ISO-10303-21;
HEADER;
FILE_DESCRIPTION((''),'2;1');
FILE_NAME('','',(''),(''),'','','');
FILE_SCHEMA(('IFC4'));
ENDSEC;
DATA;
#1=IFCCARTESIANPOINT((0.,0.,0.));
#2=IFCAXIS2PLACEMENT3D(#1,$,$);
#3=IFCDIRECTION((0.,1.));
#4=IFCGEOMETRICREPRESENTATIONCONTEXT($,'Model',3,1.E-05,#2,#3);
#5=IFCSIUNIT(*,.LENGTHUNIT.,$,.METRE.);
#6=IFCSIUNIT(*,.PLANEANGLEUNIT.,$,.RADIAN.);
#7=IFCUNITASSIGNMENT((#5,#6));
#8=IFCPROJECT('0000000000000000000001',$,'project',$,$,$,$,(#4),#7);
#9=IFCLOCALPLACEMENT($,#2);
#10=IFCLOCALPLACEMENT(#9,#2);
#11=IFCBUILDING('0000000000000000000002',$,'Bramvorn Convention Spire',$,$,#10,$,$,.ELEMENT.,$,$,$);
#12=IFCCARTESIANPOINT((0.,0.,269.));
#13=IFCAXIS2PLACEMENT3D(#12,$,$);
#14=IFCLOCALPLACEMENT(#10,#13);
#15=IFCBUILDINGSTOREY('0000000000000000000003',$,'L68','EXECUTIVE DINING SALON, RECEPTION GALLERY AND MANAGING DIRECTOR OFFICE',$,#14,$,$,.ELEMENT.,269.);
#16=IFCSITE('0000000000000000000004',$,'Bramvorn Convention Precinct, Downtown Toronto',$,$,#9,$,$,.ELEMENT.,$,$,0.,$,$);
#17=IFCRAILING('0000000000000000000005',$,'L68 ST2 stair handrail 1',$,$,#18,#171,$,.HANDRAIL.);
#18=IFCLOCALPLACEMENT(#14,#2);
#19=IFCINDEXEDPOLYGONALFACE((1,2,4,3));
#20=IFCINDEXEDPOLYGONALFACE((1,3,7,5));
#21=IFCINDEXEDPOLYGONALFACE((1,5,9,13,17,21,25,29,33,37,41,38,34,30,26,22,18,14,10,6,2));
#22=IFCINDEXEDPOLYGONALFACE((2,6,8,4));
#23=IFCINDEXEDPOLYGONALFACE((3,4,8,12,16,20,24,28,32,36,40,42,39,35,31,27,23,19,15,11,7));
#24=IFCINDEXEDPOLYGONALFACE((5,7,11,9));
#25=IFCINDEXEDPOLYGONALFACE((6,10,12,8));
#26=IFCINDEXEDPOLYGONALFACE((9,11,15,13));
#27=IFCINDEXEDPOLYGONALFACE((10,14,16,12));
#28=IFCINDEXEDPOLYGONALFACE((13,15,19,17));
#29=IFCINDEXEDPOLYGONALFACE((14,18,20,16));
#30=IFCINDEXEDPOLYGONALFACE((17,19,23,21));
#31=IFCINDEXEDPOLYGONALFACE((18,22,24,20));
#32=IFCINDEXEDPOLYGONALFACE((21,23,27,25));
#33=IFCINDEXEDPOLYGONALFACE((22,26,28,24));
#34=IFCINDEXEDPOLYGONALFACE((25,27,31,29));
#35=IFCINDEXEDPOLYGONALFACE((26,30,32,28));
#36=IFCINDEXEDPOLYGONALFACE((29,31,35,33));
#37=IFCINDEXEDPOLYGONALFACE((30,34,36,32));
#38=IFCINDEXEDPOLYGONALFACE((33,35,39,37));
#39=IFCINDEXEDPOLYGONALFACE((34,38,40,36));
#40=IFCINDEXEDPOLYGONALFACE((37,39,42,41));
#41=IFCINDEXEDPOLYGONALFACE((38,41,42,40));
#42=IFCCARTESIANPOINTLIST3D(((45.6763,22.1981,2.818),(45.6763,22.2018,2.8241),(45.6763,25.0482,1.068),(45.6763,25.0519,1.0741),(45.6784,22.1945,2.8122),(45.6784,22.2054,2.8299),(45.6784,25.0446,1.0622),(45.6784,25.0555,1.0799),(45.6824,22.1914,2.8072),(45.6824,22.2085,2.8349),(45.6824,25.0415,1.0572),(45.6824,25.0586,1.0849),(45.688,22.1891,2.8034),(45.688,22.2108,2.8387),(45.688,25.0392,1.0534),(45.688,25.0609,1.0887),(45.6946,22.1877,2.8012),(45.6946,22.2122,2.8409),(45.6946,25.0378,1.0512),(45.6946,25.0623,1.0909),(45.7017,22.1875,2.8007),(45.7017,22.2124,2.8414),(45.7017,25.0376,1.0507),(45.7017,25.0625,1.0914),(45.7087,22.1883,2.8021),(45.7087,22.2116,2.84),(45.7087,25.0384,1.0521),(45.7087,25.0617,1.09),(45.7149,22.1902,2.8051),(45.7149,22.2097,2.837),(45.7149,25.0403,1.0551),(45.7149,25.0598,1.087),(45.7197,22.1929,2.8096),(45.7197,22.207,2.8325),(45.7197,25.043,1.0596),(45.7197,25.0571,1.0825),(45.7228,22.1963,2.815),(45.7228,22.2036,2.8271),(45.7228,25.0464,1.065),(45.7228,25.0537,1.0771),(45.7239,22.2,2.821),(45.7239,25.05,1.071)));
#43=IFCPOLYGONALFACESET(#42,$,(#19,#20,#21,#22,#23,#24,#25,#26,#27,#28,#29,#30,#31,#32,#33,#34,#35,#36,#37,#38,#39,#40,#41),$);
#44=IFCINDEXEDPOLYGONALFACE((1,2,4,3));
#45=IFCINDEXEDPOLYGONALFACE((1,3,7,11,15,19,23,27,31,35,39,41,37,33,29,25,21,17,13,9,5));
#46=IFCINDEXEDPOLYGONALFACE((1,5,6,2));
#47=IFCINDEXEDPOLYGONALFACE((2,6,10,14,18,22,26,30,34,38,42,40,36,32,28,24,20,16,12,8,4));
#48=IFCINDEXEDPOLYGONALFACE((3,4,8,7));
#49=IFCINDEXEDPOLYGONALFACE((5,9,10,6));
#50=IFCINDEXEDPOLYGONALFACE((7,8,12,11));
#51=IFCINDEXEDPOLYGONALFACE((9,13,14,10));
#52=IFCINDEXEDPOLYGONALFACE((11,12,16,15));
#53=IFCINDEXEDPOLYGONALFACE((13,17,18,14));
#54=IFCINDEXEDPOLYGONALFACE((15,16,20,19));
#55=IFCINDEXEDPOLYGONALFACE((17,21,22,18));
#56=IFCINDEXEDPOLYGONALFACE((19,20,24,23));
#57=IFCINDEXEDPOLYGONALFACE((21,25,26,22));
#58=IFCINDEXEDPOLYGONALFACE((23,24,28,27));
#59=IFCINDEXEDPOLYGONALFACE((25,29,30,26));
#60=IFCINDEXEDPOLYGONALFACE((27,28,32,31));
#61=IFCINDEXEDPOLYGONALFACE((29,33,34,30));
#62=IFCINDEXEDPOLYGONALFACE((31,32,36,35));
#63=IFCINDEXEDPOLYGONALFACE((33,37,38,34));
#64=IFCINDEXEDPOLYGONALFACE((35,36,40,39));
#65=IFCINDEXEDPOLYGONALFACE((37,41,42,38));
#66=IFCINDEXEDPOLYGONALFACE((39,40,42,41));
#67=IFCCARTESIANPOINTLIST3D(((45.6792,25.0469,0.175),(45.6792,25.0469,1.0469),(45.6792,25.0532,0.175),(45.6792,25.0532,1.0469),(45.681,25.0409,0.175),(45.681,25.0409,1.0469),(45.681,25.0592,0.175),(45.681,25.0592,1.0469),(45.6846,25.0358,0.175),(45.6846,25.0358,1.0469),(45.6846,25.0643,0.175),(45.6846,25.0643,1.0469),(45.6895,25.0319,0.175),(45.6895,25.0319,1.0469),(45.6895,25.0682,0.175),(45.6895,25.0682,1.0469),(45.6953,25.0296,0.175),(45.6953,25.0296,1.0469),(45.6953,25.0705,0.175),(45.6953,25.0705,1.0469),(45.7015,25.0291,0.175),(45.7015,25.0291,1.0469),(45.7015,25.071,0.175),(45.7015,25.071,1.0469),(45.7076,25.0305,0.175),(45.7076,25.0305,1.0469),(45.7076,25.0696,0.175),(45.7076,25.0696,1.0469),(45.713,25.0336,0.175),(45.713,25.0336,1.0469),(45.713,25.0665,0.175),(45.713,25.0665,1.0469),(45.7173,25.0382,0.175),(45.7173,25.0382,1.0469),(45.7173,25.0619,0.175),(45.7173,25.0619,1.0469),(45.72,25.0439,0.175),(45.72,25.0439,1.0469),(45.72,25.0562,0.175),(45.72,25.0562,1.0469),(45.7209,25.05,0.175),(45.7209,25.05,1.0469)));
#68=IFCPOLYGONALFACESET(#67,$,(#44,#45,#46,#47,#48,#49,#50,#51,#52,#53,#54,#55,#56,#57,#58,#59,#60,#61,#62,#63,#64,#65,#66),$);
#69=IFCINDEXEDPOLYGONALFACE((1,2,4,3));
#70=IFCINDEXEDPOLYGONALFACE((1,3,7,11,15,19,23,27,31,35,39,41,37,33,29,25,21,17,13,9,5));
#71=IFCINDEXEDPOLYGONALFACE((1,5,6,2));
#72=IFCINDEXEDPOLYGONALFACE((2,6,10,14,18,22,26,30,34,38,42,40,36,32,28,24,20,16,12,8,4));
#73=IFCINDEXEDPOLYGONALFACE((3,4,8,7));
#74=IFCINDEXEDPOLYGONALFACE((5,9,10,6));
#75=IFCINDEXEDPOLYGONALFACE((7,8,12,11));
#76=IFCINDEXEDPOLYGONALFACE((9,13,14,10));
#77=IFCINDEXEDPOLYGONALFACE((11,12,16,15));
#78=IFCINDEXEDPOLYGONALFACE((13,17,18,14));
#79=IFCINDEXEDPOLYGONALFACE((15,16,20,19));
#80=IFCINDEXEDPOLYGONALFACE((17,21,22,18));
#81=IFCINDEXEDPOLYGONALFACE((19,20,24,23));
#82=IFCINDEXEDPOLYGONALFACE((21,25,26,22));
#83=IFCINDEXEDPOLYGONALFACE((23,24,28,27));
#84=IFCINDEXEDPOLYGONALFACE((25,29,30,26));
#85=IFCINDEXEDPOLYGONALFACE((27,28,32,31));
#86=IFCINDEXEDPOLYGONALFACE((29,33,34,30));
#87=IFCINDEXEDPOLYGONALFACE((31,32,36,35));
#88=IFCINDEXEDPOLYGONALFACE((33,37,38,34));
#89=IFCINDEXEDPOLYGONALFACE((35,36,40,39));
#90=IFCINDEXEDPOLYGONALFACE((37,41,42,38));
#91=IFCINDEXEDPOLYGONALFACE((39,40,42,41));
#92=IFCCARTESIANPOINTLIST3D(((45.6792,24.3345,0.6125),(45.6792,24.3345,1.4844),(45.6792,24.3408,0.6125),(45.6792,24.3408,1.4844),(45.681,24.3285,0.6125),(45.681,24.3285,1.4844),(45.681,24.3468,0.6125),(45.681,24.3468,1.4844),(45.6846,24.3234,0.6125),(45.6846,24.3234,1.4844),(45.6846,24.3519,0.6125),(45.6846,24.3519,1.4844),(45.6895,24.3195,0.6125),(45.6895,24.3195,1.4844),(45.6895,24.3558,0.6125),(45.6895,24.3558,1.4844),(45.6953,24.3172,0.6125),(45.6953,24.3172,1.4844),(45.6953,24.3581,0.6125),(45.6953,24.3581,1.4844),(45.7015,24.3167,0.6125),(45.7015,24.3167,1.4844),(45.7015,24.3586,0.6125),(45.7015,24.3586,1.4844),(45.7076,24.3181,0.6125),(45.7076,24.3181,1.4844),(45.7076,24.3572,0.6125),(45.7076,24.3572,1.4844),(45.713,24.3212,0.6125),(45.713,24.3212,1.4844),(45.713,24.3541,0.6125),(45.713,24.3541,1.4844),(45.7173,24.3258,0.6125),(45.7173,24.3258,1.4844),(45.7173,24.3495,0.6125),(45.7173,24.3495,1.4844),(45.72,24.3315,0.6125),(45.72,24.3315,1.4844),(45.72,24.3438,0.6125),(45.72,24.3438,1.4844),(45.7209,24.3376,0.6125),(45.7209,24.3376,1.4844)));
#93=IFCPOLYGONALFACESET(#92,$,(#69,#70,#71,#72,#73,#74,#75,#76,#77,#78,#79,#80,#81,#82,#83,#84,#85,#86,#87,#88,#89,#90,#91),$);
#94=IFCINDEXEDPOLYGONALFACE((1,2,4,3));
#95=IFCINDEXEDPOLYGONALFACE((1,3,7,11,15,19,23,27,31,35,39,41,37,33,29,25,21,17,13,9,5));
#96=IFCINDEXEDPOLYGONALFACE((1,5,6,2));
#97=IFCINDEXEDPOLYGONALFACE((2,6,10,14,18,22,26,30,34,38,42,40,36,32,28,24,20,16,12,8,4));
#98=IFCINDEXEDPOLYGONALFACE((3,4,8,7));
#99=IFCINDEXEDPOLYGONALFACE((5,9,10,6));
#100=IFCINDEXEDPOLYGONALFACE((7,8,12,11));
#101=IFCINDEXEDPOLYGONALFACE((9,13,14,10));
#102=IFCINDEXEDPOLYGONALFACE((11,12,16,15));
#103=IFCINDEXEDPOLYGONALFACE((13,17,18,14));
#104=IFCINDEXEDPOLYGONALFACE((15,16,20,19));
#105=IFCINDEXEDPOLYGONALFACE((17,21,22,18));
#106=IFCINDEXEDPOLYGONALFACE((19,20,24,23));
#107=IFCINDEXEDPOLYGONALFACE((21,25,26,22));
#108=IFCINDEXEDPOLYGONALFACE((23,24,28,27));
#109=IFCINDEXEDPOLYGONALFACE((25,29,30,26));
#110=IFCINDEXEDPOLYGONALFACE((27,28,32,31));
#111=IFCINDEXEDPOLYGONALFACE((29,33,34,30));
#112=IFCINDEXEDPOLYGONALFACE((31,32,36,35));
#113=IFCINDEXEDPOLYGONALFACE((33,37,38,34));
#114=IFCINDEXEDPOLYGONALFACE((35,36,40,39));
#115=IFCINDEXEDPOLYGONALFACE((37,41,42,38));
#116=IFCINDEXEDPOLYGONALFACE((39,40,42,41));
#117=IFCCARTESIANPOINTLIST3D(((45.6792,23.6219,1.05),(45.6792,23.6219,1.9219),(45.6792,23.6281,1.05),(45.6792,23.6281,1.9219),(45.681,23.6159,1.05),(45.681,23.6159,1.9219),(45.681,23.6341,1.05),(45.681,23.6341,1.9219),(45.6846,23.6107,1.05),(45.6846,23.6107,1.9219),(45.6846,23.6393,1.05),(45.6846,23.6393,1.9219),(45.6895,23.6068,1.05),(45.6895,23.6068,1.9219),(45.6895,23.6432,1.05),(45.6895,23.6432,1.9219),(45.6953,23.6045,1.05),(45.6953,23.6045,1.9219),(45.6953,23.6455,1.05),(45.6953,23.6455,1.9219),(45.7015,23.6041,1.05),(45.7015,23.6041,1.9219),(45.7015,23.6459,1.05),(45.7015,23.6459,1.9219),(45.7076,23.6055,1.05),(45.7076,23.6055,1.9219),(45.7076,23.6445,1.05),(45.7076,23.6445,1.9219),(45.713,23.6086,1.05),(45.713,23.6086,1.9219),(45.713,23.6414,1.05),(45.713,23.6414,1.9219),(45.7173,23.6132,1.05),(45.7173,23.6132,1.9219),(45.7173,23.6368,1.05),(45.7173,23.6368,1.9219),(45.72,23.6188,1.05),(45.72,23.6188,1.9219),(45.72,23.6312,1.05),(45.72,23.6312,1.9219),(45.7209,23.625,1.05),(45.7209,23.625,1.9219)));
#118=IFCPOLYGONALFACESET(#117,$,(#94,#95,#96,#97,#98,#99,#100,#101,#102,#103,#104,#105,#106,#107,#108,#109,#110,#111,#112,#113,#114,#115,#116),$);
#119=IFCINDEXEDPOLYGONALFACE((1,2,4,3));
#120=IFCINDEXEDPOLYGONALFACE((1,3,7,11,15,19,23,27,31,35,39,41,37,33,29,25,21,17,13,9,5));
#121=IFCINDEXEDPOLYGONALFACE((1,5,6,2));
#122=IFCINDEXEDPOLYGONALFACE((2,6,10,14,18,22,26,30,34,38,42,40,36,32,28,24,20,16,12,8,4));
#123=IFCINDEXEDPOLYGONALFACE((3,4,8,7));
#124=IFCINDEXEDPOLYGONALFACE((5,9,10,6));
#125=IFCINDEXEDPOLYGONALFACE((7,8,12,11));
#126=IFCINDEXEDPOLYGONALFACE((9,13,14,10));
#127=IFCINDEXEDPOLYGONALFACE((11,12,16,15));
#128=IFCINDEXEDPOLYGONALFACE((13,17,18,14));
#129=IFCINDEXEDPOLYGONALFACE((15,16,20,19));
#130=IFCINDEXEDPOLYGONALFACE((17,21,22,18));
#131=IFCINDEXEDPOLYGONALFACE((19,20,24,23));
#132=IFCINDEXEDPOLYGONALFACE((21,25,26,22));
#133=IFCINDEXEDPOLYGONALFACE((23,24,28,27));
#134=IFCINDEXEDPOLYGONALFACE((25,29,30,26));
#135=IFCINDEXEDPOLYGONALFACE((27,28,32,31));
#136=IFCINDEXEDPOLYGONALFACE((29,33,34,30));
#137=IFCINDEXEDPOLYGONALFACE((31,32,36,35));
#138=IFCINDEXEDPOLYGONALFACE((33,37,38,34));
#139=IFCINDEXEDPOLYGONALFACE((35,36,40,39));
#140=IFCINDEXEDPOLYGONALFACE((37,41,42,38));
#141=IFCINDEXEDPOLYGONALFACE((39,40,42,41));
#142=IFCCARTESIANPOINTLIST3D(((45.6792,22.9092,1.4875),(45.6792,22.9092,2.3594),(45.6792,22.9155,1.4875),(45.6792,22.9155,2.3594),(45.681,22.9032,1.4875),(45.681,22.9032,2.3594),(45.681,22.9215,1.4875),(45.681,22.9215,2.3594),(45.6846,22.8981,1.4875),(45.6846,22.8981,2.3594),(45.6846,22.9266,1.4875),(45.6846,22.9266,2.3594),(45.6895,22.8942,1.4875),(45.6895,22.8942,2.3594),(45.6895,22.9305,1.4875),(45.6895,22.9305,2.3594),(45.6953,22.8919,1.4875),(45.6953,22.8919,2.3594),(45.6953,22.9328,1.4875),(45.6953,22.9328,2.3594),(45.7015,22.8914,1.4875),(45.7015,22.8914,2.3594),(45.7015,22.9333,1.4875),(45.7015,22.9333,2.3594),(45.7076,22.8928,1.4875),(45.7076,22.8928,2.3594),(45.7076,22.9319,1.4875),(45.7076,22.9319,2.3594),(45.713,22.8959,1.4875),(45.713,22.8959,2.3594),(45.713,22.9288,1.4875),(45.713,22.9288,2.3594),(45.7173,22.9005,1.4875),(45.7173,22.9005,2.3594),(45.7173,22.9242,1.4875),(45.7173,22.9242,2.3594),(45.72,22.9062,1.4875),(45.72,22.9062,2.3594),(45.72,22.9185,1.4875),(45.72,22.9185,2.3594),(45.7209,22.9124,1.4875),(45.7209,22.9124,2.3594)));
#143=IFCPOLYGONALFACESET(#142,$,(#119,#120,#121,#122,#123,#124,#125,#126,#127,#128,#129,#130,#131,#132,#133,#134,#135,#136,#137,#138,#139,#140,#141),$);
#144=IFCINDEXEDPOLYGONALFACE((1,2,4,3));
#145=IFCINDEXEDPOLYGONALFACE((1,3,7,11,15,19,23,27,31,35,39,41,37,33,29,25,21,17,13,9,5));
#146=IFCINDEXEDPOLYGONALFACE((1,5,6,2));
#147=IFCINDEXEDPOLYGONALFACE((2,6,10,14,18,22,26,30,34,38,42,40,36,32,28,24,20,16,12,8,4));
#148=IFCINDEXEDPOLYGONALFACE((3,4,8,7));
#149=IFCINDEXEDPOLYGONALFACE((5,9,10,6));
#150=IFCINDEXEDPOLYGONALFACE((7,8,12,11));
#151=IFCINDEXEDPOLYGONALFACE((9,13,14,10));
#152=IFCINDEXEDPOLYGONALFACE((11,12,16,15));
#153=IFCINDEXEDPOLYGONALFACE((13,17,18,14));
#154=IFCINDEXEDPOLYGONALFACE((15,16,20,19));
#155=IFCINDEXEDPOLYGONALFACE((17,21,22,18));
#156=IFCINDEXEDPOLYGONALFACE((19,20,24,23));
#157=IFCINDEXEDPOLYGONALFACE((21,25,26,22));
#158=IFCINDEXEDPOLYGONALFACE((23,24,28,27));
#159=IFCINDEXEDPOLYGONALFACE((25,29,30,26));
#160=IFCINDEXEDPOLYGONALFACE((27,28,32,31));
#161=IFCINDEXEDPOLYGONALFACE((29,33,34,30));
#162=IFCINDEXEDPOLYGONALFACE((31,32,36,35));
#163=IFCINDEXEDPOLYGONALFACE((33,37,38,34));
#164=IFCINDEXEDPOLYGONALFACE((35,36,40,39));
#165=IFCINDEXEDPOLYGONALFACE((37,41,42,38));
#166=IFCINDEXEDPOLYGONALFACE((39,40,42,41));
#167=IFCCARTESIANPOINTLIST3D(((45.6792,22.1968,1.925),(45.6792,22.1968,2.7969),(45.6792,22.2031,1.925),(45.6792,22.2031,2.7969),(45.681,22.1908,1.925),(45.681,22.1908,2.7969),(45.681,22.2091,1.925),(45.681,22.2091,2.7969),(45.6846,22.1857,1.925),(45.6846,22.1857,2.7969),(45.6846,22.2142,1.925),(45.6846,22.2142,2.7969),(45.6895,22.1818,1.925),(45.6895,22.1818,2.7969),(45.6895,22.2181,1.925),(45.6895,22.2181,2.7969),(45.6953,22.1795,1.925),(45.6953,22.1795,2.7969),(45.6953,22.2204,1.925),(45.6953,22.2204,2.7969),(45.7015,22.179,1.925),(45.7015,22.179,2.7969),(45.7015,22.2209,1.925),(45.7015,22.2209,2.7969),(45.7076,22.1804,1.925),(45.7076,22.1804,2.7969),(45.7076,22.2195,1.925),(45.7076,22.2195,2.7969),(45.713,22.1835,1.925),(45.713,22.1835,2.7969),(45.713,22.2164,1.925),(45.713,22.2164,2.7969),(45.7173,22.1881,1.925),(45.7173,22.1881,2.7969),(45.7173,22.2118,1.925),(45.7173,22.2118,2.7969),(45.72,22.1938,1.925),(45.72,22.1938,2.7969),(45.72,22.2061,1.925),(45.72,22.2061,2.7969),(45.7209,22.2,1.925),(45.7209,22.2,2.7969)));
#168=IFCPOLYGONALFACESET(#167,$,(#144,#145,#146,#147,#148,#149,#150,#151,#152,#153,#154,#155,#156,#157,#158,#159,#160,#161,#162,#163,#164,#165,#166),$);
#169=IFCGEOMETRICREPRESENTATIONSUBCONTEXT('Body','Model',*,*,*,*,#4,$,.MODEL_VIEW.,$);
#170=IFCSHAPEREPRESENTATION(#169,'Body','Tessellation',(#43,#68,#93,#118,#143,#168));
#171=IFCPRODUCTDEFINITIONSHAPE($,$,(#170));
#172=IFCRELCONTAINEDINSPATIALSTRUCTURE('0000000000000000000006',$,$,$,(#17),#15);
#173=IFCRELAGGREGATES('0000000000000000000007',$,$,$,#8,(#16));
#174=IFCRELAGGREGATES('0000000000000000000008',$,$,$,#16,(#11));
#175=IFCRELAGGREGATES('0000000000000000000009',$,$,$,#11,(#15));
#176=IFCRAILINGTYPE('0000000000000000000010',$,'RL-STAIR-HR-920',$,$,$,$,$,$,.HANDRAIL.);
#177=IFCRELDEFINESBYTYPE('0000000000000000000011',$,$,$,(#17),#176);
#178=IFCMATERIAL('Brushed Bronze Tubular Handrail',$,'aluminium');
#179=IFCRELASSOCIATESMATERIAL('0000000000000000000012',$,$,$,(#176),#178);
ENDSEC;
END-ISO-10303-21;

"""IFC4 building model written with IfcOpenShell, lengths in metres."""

from ifc_helpers import new_model, si_unit, direction, frame, origin, origin_2d, place, context, subcontext, project, spatial, circle, extrude, material, type_object, element, save


model = new_model("IFC4")

# Units and contexts
model_context = context("Model", 3, precision=1e-05, world=origin(), true_north=direction((0.0, 1.0)))
body_context = subcontext(model_context, "Body", "Model", "MODEL_VIEW")
ifc_project = project(units=[si_unit("LENGTHUNIT", "METRE"), si_unit("PLANEANGLEUNIT", "RADIAN")], contexts=[model_context])

# Site, building, storey
site_placement = place(None, origin())
site = spatial("IfcSite", under=ifc_project, at=site_placement, Name="Bramvorn Convention Precinct, Downtown Toronto", CompositionType="ELEMENT", RefElevation=0.0)
building_placement = place(site_placement, origin())
building = spatial("IfcBuilding", under=site, at=building_placement, Name="Bramvorn Convention Spire", CompositionType="ELEMENT")
storey_placement = place(building_placement, frame((0.0, 0.0, 269.0)))
storey = spatial("IfcBuildingStorey", under=building, at=storey_placement, Name="L68", Description="EXECUTIVE DINING SALON, RECEPTION GALLERY AND MANAGING DIRECTOR OFFICE", CompositionType="ELEMENT", Elevation=269.0)

# Railing
ifc_material_1 = material(Name="Brushed Bronze Tubular Handrail", Category="aluminium")
railing_type_1 = type_object("IfcRailingType", Name="RL-STAIR-HR-920", PredefinedType="HANDRAIL", material=ifc_material_1)
railing_1_placement = place(storey_placement, frame((45.7, 25.05, 0.175)))
element("IfcRailing", 1, at=railing_1_placement, inside=storey, type_object=railing_type_1, Name="L68 ST2 stair handrail 1", PredefinedType="HANDRAIL", context=body_context, shape_type="SweptSolid", body=[
    extrude(circle(Radius=0.0239, at=origin_2d()), frame((0.0, 0.0, 0.896), z_axis=(0.0, -0.852179, 0.52325), x_axis=(1.0, 0.0, 0.0)), (0.0, 0.0, 1.0), 3.3445),
    extrude(circle(Radius=0.021, at=origin_2d()), origin(), (0.0, 0.0, 1.0), 0.8718),
    extrude(circle(Radius=0.021, at=origin_2d()), frame((0.0, -0.7124, 0.4375)), (0.0, 0.0, 1.0), 0.8718),
    extrude(circle(Radius=0.021, at=origin_2d()), frame((0.0, -1.425, 0.875)), (0.0, 0.0, 1.0), 0.8718),
    extrude(circle(Radius=0.021, at=origin_2d()), frame((0.0, -2.1377, 1.3125)), (0.0, 0.0, 1.0), 0.8718),
    extrude(circle(Radius=0.021, at=origin_2d()), frame((0.0, -2.8501, 1.75)), (0.0, 0.0, 1.0), 0.8718),
])

save(model, "model.ifc")
